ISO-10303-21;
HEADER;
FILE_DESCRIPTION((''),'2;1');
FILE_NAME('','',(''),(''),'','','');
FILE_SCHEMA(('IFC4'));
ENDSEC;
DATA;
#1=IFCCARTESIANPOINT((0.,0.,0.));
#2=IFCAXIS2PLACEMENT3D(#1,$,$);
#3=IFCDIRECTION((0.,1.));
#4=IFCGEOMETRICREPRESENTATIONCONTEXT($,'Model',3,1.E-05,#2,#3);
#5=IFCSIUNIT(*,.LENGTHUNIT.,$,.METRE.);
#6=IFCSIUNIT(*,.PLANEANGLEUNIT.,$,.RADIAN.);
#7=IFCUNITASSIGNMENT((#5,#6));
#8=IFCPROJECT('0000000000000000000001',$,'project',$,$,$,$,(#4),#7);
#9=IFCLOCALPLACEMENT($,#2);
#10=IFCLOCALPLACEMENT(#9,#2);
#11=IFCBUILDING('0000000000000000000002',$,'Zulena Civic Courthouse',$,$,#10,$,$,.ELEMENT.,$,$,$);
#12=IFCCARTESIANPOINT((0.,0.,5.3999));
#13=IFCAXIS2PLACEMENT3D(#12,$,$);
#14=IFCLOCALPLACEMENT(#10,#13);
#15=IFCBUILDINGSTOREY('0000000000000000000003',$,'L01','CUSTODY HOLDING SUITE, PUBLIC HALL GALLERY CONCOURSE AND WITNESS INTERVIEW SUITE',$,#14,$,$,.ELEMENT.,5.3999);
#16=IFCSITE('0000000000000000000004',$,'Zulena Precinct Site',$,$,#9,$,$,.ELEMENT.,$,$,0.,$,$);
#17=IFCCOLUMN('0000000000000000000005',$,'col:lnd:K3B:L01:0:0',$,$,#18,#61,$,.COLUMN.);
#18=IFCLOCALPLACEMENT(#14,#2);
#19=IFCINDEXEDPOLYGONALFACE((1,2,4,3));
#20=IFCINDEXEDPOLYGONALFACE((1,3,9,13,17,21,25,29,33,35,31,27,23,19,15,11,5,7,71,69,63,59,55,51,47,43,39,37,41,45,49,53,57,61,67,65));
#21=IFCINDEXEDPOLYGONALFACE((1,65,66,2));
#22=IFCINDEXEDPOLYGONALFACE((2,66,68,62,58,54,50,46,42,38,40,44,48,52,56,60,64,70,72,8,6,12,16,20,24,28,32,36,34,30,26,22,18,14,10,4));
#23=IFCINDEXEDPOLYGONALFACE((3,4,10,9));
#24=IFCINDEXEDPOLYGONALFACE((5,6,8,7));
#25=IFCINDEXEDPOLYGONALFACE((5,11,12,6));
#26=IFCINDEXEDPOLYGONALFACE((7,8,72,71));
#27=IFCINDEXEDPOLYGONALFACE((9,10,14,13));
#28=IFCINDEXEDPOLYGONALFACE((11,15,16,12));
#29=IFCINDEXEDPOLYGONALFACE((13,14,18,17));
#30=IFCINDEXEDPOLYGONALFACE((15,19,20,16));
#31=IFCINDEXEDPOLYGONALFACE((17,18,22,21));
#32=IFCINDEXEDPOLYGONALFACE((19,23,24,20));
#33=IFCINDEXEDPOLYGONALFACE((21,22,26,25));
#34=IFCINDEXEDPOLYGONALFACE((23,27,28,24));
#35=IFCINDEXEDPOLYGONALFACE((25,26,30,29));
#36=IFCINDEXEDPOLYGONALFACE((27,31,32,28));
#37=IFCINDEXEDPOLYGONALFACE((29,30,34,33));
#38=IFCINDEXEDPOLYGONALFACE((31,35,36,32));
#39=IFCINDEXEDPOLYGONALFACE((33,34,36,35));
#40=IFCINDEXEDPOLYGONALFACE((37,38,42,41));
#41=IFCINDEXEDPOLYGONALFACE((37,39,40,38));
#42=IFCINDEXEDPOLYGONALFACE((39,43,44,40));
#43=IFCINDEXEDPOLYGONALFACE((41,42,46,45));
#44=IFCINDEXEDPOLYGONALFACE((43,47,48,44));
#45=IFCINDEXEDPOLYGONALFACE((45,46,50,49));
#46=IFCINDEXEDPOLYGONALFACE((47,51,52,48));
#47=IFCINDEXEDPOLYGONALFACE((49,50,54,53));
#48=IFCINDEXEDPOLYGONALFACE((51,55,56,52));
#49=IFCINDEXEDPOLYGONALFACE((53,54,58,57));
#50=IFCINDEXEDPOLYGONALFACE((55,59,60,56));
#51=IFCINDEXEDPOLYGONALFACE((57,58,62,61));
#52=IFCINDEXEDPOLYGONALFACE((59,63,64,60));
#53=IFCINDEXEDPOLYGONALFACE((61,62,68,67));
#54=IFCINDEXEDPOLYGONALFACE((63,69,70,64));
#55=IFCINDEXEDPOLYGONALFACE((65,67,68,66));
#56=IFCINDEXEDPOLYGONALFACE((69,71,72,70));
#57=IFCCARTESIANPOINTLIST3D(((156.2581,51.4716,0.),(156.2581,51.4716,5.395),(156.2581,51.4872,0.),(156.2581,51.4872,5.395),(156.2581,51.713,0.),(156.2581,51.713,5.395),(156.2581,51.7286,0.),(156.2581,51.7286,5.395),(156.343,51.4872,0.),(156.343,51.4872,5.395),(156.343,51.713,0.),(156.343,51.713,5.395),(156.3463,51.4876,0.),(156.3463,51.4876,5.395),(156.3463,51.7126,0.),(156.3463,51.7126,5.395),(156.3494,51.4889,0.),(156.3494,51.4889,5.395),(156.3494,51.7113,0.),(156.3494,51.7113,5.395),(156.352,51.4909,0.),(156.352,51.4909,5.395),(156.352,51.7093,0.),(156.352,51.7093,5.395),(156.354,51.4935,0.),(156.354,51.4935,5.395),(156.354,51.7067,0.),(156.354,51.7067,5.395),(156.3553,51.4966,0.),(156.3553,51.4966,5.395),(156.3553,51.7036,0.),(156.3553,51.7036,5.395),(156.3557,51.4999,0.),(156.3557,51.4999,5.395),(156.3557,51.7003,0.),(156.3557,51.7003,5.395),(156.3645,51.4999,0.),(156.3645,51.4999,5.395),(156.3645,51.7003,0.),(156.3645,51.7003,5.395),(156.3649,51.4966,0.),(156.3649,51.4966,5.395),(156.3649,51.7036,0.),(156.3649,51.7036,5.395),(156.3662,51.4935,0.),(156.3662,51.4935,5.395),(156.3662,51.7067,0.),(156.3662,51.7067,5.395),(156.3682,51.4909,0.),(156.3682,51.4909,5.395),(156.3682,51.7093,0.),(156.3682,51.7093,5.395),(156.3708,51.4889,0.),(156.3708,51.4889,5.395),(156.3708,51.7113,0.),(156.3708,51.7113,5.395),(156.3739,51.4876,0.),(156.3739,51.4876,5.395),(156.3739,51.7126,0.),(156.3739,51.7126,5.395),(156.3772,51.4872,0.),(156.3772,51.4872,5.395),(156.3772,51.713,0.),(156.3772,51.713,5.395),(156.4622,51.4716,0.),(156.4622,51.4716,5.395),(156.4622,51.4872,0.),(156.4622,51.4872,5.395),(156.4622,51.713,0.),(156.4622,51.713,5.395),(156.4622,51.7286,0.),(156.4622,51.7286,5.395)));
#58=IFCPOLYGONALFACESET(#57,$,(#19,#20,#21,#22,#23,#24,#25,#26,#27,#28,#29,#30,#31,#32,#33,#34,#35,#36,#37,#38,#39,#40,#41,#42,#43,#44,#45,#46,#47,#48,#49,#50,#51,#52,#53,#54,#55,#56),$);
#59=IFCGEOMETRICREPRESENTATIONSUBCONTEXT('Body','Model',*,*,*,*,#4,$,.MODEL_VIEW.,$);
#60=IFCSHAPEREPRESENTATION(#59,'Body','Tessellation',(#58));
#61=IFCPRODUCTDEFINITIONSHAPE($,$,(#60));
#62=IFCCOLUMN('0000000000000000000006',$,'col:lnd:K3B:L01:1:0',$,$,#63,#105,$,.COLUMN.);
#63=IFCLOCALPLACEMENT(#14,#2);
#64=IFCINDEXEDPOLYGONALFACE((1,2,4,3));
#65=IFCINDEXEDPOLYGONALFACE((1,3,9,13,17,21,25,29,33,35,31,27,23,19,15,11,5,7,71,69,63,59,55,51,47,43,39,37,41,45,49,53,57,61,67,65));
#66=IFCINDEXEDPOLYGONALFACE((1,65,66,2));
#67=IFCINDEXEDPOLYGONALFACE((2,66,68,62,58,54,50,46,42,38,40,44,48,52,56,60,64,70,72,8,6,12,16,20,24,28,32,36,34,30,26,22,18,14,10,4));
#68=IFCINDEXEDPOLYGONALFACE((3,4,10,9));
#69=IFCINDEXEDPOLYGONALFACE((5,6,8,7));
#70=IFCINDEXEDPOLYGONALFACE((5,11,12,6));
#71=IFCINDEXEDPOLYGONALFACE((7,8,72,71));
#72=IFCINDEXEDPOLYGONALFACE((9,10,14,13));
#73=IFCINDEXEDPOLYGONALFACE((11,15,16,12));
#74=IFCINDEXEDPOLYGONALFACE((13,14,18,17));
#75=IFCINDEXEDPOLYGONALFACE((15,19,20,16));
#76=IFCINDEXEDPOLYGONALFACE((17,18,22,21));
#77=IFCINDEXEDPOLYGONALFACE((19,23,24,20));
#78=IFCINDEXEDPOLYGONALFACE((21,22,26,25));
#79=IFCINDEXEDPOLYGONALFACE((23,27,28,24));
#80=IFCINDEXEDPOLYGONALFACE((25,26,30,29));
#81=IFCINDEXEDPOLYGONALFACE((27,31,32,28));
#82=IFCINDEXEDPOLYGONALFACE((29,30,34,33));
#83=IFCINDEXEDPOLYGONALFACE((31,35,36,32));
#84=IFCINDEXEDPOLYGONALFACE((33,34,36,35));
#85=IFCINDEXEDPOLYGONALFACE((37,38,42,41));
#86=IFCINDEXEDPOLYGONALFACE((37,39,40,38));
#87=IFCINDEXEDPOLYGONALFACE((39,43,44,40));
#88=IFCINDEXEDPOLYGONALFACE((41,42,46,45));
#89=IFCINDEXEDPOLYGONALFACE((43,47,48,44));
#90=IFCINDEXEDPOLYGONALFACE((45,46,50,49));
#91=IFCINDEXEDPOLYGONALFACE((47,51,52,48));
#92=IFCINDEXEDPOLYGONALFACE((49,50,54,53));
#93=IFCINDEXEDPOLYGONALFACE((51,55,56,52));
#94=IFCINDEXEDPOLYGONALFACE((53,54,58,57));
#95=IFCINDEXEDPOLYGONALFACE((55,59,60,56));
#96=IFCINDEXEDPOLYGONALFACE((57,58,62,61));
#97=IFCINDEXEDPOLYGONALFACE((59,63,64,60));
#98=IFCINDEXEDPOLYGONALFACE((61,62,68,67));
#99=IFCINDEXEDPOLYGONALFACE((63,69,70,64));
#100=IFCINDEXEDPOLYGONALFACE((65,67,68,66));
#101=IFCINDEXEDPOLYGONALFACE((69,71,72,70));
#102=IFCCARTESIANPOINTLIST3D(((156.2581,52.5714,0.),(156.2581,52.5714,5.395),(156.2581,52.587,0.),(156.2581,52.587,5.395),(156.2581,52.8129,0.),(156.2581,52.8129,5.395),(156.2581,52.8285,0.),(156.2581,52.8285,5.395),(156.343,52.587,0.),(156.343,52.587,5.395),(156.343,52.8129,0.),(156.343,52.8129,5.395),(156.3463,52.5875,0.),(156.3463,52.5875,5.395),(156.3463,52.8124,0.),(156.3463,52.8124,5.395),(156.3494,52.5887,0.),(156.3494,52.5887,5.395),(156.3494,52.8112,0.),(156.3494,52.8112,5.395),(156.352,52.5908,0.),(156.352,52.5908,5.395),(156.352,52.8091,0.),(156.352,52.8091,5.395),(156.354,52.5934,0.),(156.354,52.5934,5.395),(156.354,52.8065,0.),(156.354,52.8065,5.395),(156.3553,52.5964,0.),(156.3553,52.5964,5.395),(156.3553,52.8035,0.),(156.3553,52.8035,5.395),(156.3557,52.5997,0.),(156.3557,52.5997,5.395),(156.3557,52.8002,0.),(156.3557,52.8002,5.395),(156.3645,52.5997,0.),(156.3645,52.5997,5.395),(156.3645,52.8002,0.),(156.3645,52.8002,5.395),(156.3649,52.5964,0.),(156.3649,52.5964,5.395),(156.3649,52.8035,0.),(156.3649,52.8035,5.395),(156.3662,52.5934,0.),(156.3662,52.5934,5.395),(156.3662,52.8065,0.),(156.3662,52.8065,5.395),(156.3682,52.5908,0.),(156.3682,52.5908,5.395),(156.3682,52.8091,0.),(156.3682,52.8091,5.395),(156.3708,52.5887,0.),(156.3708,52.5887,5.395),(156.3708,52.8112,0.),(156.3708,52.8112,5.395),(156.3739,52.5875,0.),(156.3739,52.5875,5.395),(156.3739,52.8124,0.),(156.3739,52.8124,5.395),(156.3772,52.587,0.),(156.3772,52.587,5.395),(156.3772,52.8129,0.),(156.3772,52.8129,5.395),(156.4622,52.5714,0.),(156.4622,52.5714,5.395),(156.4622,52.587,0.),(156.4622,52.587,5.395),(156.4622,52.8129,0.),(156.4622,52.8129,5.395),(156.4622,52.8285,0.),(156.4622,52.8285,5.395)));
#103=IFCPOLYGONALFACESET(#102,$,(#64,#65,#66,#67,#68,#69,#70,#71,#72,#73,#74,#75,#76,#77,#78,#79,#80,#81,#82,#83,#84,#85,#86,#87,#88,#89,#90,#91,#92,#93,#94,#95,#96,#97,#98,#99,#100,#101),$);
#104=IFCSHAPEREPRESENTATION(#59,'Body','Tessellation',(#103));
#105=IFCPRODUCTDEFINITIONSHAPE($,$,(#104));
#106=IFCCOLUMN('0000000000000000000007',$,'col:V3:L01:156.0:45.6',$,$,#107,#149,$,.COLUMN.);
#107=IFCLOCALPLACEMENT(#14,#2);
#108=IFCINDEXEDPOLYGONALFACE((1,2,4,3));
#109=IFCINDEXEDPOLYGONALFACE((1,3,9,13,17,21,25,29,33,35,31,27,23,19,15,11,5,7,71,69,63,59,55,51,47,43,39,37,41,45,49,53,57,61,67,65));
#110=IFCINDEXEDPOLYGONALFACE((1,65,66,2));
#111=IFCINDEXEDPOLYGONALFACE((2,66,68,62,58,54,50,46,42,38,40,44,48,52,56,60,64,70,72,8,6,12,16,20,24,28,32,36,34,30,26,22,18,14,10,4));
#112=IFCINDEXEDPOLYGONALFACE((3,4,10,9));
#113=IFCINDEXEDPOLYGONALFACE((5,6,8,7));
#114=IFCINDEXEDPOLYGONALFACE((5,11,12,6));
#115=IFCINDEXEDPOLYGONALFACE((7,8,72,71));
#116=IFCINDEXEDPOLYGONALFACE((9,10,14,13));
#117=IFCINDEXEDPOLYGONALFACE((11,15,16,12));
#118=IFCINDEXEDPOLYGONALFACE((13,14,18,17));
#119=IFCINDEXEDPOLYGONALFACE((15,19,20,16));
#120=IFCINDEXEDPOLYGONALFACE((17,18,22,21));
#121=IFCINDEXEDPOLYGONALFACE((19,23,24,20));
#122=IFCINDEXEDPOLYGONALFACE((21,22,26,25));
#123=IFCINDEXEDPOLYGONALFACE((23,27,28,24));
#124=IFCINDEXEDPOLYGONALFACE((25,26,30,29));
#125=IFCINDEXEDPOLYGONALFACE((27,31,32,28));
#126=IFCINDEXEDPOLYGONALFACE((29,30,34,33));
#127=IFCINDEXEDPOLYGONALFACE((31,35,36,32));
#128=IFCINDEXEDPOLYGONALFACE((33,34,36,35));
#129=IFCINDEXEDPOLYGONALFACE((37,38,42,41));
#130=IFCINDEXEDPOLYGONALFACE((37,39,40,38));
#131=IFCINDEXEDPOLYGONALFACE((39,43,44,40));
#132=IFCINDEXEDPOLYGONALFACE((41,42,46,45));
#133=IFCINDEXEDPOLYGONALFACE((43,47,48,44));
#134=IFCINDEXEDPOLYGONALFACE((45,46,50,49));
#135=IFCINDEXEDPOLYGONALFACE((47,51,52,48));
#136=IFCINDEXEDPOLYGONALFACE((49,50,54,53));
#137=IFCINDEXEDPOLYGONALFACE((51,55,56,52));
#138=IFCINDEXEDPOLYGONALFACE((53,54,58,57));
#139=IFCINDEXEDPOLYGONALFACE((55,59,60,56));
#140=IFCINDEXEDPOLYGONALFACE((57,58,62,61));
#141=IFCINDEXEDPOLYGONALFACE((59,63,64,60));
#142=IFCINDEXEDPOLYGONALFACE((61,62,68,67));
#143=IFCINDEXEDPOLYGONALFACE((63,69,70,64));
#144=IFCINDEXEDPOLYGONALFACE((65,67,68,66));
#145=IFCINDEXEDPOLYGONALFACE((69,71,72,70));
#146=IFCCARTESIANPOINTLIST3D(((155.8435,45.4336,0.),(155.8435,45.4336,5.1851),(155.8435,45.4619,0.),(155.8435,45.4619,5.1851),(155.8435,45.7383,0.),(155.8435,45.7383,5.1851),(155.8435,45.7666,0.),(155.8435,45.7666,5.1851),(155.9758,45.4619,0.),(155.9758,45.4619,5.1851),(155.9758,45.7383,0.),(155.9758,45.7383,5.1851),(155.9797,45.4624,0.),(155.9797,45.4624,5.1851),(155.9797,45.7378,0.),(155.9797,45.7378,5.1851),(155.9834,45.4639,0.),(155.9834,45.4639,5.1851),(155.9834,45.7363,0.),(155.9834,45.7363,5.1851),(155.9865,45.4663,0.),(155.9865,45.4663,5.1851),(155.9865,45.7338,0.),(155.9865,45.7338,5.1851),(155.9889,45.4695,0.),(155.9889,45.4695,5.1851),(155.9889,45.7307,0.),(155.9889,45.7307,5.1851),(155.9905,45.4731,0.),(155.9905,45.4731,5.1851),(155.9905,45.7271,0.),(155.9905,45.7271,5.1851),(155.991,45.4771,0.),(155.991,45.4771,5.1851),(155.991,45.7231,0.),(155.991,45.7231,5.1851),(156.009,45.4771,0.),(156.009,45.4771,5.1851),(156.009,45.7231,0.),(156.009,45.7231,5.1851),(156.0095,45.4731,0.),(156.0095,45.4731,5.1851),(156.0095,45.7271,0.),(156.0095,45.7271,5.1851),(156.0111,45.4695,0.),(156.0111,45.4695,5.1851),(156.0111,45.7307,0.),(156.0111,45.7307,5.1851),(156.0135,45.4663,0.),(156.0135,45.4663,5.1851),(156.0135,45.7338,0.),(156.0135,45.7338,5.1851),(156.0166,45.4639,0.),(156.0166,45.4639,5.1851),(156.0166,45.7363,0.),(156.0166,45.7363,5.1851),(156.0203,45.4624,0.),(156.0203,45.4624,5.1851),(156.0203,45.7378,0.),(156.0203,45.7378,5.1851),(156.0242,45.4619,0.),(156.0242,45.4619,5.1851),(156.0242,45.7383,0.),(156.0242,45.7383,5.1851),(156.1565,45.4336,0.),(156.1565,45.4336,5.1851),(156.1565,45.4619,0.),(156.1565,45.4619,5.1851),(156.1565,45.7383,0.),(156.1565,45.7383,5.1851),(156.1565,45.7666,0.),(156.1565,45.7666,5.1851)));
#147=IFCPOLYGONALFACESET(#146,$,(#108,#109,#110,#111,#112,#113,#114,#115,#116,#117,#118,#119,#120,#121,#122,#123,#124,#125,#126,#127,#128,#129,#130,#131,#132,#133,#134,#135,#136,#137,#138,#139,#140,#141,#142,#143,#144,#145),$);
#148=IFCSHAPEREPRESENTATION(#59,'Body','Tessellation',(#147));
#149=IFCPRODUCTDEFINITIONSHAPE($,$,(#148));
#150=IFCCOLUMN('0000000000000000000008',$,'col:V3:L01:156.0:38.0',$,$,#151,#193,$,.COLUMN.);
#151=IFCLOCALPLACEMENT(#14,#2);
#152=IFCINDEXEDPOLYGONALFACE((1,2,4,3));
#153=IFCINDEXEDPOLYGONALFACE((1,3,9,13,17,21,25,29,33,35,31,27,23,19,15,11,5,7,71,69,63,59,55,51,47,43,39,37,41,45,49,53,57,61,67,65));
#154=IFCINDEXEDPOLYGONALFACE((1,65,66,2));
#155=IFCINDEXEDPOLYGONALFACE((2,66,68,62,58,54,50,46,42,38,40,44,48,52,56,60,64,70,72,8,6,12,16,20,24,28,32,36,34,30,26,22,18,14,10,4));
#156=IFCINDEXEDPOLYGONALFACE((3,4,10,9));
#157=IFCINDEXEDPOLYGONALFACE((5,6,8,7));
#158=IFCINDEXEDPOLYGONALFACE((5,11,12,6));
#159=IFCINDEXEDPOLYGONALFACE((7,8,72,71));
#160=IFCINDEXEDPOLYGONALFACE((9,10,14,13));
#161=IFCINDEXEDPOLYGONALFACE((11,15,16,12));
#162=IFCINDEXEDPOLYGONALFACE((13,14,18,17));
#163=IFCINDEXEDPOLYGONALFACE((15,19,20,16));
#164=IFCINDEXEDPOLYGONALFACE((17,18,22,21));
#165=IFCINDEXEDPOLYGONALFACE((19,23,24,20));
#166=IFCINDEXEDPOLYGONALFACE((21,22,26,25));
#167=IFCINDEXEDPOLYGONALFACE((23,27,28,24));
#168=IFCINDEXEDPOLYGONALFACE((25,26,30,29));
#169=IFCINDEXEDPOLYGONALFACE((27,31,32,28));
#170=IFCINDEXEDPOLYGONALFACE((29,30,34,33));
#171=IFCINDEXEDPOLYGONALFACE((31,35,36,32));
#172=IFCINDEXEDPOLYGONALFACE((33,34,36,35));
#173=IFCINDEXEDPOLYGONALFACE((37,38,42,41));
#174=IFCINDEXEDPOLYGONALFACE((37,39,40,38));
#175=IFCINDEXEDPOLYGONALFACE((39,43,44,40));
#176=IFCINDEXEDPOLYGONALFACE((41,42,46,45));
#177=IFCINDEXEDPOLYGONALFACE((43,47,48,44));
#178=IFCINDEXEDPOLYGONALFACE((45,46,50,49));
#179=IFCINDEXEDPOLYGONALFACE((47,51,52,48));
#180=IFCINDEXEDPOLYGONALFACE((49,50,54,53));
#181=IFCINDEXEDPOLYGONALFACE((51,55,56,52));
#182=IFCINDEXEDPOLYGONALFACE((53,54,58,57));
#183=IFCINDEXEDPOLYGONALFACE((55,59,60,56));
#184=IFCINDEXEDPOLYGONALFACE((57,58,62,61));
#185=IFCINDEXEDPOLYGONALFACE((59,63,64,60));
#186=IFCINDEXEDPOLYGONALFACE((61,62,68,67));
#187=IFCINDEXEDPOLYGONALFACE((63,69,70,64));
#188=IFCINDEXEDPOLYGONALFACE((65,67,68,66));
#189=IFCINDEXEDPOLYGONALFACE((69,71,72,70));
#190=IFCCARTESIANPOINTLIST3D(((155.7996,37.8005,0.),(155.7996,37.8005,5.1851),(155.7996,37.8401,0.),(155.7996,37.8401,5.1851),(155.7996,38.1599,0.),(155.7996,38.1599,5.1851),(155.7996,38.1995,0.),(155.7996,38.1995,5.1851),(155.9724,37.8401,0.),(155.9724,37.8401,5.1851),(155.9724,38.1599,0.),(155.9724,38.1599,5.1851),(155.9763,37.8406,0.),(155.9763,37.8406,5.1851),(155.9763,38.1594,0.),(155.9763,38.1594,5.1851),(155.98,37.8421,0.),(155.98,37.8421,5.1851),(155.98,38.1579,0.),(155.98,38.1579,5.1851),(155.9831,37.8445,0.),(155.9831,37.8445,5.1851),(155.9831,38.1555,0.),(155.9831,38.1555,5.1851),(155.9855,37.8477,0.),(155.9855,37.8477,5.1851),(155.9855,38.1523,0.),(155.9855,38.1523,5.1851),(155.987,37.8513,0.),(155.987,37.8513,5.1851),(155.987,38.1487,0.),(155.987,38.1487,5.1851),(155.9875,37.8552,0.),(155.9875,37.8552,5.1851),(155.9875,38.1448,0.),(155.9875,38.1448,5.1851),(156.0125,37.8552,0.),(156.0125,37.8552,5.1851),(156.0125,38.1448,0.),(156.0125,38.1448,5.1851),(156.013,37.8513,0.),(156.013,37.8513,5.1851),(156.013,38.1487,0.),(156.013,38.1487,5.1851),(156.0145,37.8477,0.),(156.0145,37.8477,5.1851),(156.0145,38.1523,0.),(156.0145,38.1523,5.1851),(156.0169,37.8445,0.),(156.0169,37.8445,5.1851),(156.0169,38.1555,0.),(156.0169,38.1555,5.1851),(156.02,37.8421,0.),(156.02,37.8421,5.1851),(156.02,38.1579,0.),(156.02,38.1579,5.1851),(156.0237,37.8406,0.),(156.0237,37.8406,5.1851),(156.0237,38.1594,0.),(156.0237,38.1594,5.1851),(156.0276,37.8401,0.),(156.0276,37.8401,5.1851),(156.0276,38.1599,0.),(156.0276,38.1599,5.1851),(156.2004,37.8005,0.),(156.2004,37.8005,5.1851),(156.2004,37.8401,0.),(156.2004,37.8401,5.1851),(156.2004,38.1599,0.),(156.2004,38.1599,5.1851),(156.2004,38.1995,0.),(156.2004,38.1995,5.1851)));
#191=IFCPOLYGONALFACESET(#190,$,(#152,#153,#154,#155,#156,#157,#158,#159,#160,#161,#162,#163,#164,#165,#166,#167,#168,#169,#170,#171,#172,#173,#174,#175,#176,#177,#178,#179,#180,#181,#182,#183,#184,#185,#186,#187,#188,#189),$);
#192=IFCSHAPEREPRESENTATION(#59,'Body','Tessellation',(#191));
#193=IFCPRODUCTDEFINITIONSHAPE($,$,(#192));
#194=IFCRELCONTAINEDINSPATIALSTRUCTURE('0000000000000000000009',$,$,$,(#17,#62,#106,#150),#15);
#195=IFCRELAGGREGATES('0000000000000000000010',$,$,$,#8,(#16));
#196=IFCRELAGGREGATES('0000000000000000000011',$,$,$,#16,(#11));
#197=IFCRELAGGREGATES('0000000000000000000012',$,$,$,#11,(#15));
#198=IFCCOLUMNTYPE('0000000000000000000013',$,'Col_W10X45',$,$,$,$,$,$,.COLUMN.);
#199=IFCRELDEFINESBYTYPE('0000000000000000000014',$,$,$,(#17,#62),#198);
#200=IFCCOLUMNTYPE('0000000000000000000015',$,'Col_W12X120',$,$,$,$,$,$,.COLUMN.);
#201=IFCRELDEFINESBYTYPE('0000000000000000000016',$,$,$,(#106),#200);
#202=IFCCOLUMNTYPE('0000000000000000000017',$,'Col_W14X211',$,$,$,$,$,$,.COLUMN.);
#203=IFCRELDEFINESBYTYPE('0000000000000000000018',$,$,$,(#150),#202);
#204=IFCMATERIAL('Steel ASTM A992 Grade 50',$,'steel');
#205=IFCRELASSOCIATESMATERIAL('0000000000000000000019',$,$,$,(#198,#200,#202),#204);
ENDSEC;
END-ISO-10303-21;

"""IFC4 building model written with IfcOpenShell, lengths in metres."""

from ifc_helpers import new_model, si_unit, direction, frame, origin, origin_2d, place, context, subcontext, project, spatial, i_section, extrude, material, material_profile, profile_set, type_object, element, save


model = new_model("IFC4")

# Units and contexts
model_context = context("Model", 3, precision=1e-05, world=origin(), true_north=direction((0.0, 1.0)))
body_context = subcontext(model_context, "Body", "Model", "MODEL_VIEW")
ifc_project = project(units=[si_unit("LENGTHUNIT", "METRE"), si_unit("PLANEANGLEUNIT", "RADIAN")], contexts=[model_context])

# Site, building, storey
site_placement = place(None, origin())
site = spatial("IfcSite", under=ifc_project, at=site_placement, Name="Zulena Precinct Site", CompositionType="ELEMENT", RefElevation=0.0)
building_placement = place(site_placement, origin())
building = spatial("IfcBuilding", under=site, at=building_placement, Name="Zulena Civic Courthouse", CompositionType="ELEMENT")
storey_placement = place(building_placement, frame((0.0, 0.0, 5.3999)))
storey = spatial("IfcBuildingStorey", under=building, at=storey_placement, Name="L01", Description="CUSTODY HOLDING SUITE, PUBLIC HALL GALLERY CONCOURSE AND WITNESS INTERVIEW SUITE", CompositionType="ELEMENT", Elevation=5.3999)

# Columns
ifc_material_1 = material(Name="Steel ASTM A992 Grade 50", Category="steel")
ifc_material_profile_1 = material_profile(ifc_material_1, i_section(OverallWidth=0.2041, OverallDepth=0.2571, WebThickness=0.0088, FlangeThickness=0.0156, FilletRadius=0.0127, at=origin_2d()), Name="W10X45")
ifc_profile_set_1 = profile_set([ifc_material_profile_1], Name="Steel ASTM A992 Grade 50")
column_type_1 = type_object("IfcColumnType", Name="Col_W10X45", PredefinedType="COLUMN", material=ifc_profile_set_1)
for number, where, z_axis, x_axis, name in (
    (1, (156.3601, 51.6001, 0.0), (0.0, 0.0, 1.0), (1.0, 0.0, 0.0), "col:lnd:K3B:L01:0:0"),
    (2, (156.3601, 52.7, 0.0), (0.0, 0.0, 1.0), (1.0, 0.0, 0.0), "col:lnd:K3B:L01:1:0"),
):
    element("IfcColumn", number, at=place(storey_placement, frame(where, z_axis=z_axis, x_axis=x_axis)), inside=storey, type_object=column_type_1, Name=name, PredefinedType="COLUMN", context=body_context, shape_type="SweptSolid", body=[
        extrude(i_section(OverallWidth=0.2041, OverallDepth=0.2571, WebThickness=0.0088, FlangeThickness=0.0156, FilletRadius=0.0127, at=origin_2d()), origin(), (0.0, 0.0, 1.0), 5.395),
    ])
ifc_material_profile_2 = material_profile(ifc_material_1, i_section(OverallWidth=0.313, OverallDepth=0.333, WebThickness=0.0181, FlangeThickness=0.0283, FilletRadius=0.0151, at=origin_2d()), Name="W12X120")
ifc_profile_set_2 = profile_set([ifc_material_profile_2], Name="Steel ASTM A992 Grade 50")
column_type_2 = type_object("IfcColumnType", Name="Col_W12X120", PredefinedType="COLUMN", material=ifc_profile_set_2)
column_1_placement = place(storey_placement, frame((156.0, 45.6001, 0.0), z_axis=(0.0, 0.0, 1.0), x_axis=(1.0, 0.0, 0.0)))
element("IfcColumn", 3, at=column_1_placement, inside=storey, type_object=column_type_2, Name="col:V3:L01:156.0:45.6", PredefinedType="COLUMN", context=body_context, shape_type="SweptSolid", body=[
    extrude(i_section(OverallWidth=0.313, OverallDepth=0.333, WebThickness=0.0181, FlangeThickness=0.0283, FilletRadius=0.0151, at=origin_2d()), origin(), (0.0, 0.0, 1.0), 5.1851),
])
ifc_material_profile_3 = material_profile(ifc_material_1, i_section(OverallWidth=0.4009, OverallDepth=0.3989, WebThickness=0.0249, FlangeThickness=0.0396, FilletRadius=0.0151, at=origin_2d()), Name="W14X211")
ifc_profile_set_3 = profile_set([ifc_material_profile_3], Name="Steel ASTM A992 Grade 50")
column_type_3 = type_object("IfcColumnType", Name="Col_W14X211", PredefinedType="COLUMN", material=ifc_profile_set_3)
column_2_placement = place(storey_placement, frame((156.0, 38.0, 0.0), z_axis=(0.0, 0.0, 1.0), x_axis=(1.0, 0.0, 0.0)))
element("IfcColumn", 4, at=column_2_placement, inside=storey, type_object=column_type_3, Name="col:V3:L01:156.0:38.0", PredefinedType="COLUMN", context=body_context, shape_type="SweptSolid", body=[
    extrude(i_section(OverallWidth=0.4009, OverallDepth=0.3989, WebThickness=0.0249, FlangeThickness=0.0396, FilletRadius=0.0151, at=origin_2d()), origin(), (0.0, 0.0, 1.0), 5.1851),
])

save(model, "model.ifc")
